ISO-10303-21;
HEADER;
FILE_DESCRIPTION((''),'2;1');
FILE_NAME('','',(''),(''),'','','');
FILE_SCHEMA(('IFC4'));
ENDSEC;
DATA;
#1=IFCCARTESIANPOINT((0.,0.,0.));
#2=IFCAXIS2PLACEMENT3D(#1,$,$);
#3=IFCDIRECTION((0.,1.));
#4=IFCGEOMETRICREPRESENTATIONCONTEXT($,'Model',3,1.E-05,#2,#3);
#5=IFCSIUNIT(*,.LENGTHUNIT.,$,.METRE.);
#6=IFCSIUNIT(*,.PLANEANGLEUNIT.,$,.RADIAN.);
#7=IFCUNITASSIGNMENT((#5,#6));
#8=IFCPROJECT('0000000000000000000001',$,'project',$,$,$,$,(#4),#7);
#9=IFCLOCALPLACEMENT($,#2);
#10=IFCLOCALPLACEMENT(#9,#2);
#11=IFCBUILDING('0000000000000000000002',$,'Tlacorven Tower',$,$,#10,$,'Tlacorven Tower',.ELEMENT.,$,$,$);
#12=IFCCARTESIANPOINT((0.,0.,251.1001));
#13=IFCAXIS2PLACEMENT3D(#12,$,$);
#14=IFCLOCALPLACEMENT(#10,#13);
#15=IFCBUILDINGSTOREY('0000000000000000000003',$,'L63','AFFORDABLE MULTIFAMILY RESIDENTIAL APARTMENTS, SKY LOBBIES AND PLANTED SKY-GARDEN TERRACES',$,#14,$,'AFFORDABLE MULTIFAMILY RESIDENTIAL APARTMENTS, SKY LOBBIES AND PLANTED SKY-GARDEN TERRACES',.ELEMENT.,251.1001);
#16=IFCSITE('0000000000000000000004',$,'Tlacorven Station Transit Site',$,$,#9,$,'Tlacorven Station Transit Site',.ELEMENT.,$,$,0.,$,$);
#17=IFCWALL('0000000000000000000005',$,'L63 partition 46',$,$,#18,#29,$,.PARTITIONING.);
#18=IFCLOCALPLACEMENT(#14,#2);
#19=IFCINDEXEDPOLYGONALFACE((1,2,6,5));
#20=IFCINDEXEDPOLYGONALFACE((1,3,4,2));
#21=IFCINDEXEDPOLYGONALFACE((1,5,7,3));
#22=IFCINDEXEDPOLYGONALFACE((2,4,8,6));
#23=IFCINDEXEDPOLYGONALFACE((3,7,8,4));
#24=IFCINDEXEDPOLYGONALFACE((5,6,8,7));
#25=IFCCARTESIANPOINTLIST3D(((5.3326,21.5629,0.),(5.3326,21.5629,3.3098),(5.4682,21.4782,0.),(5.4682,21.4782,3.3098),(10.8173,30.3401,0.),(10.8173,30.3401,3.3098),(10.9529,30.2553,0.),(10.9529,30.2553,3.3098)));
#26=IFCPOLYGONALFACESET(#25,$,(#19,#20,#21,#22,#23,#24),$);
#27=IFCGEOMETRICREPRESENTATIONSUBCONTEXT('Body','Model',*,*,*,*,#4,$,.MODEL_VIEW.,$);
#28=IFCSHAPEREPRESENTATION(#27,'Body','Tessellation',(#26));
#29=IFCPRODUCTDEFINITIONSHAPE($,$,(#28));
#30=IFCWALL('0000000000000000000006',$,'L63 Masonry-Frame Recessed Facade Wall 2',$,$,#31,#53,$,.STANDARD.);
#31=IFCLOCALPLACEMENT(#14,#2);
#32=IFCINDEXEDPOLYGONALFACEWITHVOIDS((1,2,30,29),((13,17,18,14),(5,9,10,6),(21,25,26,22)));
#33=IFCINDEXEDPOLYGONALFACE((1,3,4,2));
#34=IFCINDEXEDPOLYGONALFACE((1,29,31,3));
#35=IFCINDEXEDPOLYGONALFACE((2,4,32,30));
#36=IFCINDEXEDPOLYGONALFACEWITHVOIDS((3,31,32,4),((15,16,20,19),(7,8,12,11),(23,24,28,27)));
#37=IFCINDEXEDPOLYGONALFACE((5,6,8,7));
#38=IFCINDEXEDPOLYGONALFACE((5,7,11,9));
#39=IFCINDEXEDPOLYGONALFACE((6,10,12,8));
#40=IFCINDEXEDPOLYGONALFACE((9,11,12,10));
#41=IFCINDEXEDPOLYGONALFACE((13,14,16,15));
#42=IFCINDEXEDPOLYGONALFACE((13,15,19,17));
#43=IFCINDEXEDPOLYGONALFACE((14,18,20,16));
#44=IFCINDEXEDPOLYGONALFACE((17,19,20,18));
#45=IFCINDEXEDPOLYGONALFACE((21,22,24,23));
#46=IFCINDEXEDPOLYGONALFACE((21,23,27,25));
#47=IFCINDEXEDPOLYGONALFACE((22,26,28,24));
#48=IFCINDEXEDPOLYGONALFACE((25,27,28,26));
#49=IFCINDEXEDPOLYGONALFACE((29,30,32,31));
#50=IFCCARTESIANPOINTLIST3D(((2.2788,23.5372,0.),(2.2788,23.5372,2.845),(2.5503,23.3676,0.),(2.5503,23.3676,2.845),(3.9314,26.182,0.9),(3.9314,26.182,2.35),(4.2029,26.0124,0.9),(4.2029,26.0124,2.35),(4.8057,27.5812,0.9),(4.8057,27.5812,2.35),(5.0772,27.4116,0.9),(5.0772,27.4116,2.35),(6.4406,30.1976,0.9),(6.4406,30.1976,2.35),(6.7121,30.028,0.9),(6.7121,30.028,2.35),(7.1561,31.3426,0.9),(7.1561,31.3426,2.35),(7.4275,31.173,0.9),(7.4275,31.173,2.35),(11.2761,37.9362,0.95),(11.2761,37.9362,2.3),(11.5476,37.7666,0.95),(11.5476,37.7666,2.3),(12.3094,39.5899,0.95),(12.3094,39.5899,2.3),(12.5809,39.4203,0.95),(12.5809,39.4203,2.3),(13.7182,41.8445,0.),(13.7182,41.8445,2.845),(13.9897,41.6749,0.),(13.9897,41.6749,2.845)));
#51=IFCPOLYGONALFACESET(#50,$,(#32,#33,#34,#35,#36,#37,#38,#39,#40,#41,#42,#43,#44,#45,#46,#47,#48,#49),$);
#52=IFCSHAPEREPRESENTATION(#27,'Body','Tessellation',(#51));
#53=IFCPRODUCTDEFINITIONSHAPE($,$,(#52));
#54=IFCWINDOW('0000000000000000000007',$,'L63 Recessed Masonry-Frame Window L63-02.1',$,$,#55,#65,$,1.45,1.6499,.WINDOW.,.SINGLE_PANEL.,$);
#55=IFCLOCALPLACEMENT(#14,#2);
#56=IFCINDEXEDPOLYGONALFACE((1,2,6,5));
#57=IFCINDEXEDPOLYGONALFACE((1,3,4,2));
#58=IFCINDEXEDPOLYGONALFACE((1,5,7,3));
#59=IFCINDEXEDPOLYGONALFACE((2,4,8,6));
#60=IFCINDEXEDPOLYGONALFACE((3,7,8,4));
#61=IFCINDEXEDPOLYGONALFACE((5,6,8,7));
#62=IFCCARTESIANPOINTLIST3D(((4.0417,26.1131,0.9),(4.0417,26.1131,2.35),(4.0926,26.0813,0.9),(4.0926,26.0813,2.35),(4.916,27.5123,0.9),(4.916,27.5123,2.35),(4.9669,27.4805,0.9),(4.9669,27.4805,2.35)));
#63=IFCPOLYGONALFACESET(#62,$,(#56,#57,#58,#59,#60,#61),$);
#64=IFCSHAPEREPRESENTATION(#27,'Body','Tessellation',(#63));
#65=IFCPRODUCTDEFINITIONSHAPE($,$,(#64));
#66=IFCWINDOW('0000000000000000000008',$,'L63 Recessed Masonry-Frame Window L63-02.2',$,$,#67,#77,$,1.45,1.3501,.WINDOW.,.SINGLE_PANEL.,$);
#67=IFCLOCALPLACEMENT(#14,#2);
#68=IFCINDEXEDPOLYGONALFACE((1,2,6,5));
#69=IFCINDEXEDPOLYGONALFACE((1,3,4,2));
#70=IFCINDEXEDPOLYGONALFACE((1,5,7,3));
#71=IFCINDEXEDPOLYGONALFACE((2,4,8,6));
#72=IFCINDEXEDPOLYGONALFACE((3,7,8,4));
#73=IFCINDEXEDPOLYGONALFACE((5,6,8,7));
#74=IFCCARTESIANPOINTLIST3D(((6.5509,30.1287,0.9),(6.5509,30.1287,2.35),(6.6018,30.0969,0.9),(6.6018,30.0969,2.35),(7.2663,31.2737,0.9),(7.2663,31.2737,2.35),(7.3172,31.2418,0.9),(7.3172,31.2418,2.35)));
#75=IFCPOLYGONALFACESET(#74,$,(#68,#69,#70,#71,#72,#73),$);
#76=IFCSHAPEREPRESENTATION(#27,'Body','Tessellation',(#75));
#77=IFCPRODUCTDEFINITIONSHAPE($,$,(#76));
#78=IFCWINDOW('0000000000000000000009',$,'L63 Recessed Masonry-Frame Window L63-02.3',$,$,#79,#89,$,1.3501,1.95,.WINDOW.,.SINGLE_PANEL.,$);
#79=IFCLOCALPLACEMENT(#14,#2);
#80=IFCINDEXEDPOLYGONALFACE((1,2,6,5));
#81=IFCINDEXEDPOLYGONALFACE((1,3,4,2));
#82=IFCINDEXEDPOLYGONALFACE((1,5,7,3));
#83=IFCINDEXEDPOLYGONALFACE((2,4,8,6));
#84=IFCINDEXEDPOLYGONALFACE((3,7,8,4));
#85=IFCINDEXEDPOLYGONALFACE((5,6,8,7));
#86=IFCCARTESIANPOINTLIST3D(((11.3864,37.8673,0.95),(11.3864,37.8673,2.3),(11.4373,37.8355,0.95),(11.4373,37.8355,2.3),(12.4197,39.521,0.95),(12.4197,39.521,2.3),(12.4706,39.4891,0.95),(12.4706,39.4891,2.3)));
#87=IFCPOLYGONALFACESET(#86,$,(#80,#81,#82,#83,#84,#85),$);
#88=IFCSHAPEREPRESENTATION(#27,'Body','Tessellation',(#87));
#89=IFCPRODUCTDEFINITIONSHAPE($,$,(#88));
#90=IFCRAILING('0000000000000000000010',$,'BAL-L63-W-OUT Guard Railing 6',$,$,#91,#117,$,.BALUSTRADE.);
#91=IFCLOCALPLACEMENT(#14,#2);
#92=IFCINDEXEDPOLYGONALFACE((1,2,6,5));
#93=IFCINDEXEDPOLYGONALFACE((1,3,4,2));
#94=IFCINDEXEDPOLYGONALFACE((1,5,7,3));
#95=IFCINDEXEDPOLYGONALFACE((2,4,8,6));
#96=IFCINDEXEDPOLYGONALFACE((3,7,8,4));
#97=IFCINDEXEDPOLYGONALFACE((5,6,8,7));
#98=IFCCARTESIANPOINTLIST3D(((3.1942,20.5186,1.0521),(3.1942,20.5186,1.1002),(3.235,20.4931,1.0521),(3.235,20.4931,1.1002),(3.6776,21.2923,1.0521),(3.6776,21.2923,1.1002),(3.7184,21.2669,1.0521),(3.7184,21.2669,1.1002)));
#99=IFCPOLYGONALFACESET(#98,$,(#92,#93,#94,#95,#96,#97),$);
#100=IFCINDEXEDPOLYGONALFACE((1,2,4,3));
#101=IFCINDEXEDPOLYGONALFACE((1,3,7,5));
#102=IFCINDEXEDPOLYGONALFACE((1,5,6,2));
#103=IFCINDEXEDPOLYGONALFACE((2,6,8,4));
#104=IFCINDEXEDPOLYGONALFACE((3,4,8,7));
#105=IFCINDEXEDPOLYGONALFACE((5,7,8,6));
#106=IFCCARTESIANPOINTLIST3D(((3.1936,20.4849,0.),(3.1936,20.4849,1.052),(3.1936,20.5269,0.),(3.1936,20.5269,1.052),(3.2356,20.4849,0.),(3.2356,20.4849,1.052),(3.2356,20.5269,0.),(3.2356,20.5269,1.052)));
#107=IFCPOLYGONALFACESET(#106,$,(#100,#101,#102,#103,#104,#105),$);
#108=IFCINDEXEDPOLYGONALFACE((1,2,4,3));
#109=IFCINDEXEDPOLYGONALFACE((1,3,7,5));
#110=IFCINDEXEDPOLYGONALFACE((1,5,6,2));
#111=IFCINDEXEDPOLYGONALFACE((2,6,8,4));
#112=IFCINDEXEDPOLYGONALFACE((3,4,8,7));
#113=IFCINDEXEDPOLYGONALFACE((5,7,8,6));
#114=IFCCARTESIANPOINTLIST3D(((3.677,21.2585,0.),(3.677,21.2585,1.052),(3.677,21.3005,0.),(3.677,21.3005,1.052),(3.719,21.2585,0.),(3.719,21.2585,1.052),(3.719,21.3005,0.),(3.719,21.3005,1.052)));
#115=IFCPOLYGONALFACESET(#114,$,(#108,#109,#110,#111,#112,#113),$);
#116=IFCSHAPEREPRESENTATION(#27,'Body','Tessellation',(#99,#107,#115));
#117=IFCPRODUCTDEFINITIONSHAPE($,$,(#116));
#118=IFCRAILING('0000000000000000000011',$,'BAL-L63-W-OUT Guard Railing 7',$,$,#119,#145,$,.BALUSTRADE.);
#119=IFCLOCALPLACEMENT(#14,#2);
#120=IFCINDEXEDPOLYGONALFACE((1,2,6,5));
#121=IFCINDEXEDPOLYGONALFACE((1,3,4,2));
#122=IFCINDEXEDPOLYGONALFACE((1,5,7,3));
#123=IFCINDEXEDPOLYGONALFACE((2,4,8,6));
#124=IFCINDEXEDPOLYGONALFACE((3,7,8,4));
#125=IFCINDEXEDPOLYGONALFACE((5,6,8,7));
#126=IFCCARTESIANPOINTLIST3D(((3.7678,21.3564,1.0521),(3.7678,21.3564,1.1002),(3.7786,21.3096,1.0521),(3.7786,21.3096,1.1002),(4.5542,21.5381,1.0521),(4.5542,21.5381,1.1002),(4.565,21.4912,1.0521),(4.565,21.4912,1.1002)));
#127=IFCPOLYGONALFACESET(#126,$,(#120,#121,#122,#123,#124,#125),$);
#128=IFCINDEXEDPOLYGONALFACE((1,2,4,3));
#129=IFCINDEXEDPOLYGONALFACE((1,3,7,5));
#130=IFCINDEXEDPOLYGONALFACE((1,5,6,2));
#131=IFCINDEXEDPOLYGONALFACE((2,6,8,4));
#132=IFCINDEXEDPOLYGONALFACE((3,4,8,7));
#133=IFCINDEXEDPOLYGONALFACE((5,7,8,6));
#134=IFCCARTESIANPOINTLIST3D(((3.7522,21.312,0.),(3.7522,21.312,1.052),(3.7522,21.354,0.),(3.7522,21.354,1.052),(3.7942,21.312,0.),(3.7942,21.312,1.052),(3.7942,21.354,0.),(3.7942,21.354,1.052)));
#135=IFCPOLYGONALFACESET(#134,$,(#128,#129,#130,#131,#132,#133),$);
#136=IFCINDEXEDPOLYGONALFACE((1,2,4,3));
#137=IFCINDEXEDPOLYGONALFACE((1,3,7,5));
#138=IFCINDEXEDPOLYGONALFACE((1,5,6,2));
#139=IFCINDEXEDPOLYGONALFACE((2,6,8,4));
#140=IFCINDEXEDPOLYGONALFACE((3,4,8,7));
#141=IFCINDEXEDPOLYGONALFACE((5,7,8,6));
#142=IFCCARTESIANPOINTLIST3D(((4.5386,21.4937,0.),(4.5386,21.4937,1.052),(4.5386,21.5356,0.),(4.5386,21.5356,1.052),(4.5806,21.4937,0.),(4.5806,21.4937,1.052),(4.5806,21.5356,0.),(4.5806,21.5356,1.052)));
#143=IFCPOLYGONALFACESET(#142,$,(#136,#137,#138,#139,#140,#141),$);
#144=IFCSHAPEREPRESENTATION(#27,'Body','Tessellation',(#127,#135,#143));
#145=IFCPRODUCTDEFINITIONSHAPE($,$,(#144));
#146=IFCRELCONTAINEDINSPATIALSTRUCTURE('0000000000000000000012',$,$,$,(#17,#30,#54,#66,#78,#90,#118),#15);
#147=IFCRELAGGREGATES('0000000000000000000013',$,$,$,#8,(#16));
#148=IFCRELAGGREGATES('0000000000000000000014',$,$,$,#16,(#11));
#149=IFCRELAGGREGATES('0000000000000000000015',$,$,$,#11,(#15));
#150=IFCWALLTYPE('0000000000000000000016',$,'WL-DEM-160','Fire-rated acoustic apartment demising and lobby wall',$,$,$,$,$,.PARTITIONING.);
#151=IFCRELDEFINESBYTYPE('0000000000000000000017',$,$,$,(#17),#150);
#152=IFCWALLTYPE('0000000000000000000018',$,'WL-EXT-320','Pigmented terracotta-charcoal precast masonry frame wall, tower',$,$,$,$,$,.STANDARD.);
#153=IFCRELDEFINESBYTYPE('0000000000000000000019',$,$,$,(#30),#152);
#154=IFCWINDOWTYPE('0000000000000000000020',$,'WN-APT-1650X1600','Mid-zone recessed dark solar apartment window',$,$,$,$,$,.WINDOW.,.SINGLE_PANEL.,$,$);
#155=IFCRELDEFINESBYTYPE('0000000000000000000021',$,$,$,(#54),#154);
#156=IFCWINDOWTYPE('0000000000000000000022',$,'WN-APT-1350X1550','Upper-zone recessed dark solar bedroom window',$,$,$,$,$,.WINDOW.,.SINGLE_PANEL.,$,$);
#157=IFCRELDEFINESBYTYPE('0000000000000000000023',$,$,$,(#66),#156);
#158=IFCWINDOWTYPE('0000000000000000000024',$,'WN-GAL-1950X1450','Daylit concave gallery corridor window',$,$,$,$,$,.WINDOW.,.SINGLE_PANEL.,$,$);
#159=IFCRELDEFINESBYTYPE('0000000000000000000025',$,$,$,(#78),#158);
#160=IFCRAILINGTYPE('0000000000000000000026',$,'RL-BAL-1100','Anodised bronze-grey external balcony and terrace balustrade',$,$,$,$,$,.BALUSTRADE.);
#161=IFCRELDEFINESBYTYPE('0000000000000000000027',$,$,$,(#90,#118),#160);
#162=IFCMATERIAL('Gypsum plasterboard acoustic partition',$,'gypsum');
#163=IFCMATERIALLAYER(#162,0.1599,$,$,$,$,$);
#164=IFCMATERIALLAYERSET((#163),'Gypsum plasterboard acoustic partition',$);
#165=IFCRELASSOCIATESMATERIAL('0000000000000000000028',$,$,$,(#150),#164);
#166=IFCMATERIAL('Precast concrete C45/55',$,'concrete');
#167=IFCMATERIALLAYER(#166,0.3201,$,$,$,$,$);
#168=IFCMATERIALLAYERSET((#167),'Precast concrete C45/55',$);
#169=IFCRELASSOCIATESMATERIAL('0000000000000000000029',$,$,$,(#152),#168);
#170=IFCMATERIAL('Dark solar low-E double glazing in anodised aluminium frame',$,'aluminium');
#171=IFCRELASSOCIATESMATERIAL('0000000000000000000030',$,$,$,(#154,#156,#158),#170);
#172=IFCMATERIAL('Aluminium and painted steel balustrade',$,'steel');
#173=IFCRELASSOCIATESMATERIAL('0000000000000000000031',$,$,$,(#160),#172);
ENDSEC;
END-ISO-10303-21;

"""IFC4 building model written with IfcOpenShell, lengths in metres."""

from ifc_helpers import new_model, si_unit, direction, frame, frame_2d, origin, origin_2d, place, context, subcontext, project, spatial, rectangle, extrude, source, transform, mapped, material, layer, layer_set, type_object, element, fill, save


model = new_model("IFC4")

# Units and contexts
model_context = context("Model", 3, precision=1e-05, world=origin(), true_north=direction((0.0, 1.0)))
body_context = subcontext(model_context, "Body", "Model", "MODEL_VIEW")
ifc_project = project(units=[si_unit("LENGTHUNIT", "METRE"), si_unit("PLANEANGLEUNIT", "RADIAN")], contexts=[model_context])

# Site, building, storey
site_placement = place(None, origin())
site = spatial("IfcSite", under=ifc_project, at=site_placement, Name="Tlacorven Station Transit Site", LongName="Tlacorven Station Transit Site", CompositionType="ELEMENT", RefElevation=0.0)
building_placement = place(site_placement, origin())
building = spatial("IfcBuilding", under=site, at=building_placement, Name="Tlacorven Tower", LongName="Tlacorven Tower", CompositionType="ELEMENT")
storey_placement = place(building_placement, frame((0.0, 0.0, 251.1001)))
storey = spatial("IfcBuildingStorey", under=building, at=storey_placement, Name="L63", Description="AFFORDABLE MULTIFAMILY RESIDENTIAL APARTMENTS, SKY LOBBIES AND PLANTED SKY-GARDEN TERRACES", LongName="AFFORDABLE MULTIFAMILY RESIDENTIAL APARTMENTS, SKY LOBBIES AND PLANTED SKY-GARDEN TERRACES", CompositionType="ELEMENT", Elevation=251.1001)

# Wall
ifc_material_1 = material(Name="Gypsum plasterboard acoustic partition", Category="gypsum")
ifc_layer_1 = layer(ifc_material_1, 0.1599)
ifc_layer_set_1 = layer_set([ifc_layer_1], Name="Gypsum plasterboard acoustic partition")
wall_type_1 = type_object("IfcWallType", Name="WL-DEM-160", Description="Fire-rated acoustic apartment demising and lobby wall", PredefinedType="PARTITIONING", material=ifc_layer_set_1)
wall_1_placement = place(storey_placement, frame((10.885, 30.2976, 0.0), z_axis=(0.0, 0.0, 1.0), x_axis=(-0.529925, -0.848045, 0.0)))
element("IfcWall", 1, at=wall_1_placement, inside=storey, type_object=wall_type_1, Name="L63 partition 46", PredefinedType="PARTITIONING", context=body_context, shape_type="SweptSolid", body=[
    extrude(rectangle(XDim=10.3499, YDim=0.1599, at=frame_2d((5.1748, 0.0))), origin(), (0.0, 0.0, 1.0), 3.3098),
])

# Wall, openings, windows
ifc_material_2 = material(Name="Precast concrete C45/55", Category="concrete")
ifc_layer_2 = layer(ifc_material_2, 0.3201)
ifc_layer_set_2 = layer_set([ifc_layer_2], Name="Precast concrete C45/55")
wall_type_2 = type_object("IfcWallType", Name="WL-EXT-320", Description="Pigmented terracotta-charcoal precast masonry frame wall, tower", PredefinedType="STANDARD", material=ifc_layer_set_2)
wall_2_placement = place(storey_placement, frame((2.4146, 23.4524, 0.0), z_axis=(0.0, 0.0, 1.0), x_axis=(0.52991, 0.848054, 0.0)))
wall_2 = element("IfcWall", 2, at=wall_2_placement, inside=storey, type_object=wall_type_2, Name="L63 Masonry-Frame Recessed Facade Wall 2", PredefinedType="STANDARD", context=body_context, shape_type="SweptSolid", body=[
    extrude(rectangle(XDim=21.5874, YDim=0.3201, at=frame_2d((10.7937, 0.0))), origin(), (0.0, 0.0, 1.0), 2.845),
])
opening_1_placement = place(wall_2_placement, frame((3.1187, 0.0, 0.8999)))
opening_1 = element("IfcOpeningElement", 3, at=opening_1_placement, cuts=wall_2, PredefinedType="OPENING", context=body_context, shape_type="SweptSolid", body=[
    extrude(rectangle(XDim=1.6499, YDim=1.45, at=frame_2d((0.825, 0.7251))), frame((0.0, 0.1699, 0.0), z_axis=(0.0, -1.0, 0.0), x_axis=(1.0, 0.0, 0.0)), (0.0, 0.0, 1.0), 0.3401),
])
opening_2_placement = place(wall_2_placement, frame((7.8538, 0.0, 0.8999)))
opening_2 = element("IfcOpeningElement", 4, at=opening_2_placement, cuts=wall_2, PredefinedType="OPENING", context=body_context, shape_type="SweptSolid", body=[
    extrude(rectangle(XDim=1.3501, YDim=1.45, at=frame_2d((0.675, 0.7251))), frame((0.0, 0.1699, 0.0), z_axis=(0.0, -1.0, 0.0), x_axis=(1.0, 0.0, 0.0)), (0.0, 0.0, 1.0), 0.3401),
])
opening_3_placement = place(wall_2_placement, frame((16.9788, 0.0, 0.95)))
opening_3 = element("IfcOpeningElement", 5, at=opening_3_placement, cuts=wall_2, PredefinedType="OPENING", context=body_context, shape_type="SweptSolid", body=[
    extrude(rectangle(XDim=1.95, YDim=1.3501, at=frame_2d((0.9751, 0.675))), frame((0.0, 0.1699, 0.0), z_axis=(0.0, -1.0, 0.0), x_axis=(1.0, 0.0, 0.0)), (0.0, 0.0, 1.0), 0.3401),
])
ifc_material_3 = material(Name="Dark solar low-E double glazing in anodised aluminium frame", Category="aluminium")
window_type_1 = type_object("IfcWindowType", Name="WN-APT-1650X1600", Description="Mid-zone recessed dark solar apartment window", PartitioningType="SINGLE_PANEL", PredefinedType="WINDOW", material=ifc_material_3)
shared_shape_1 = source(origin(), body_context, "Body", "SweptSolid", [
    extrude(rectangle(XDim=1.6499, YDim=1.45, at=frame_2d((0.825, 0.7251))), frame((0.0, 0.03, 0.0), z_axis=(0.0, -1.0, 0.0), x_axis=(1.0, 0.0, 0.0)), (0.0, 0.0, 1.0), 0.0601),
])
window_1_placement = place(opening_1_placement, origin())
window_1 = element("IfcWindow", 6, at=window_1_placement, inside=storey, type_object=window_type_1, Name="L63 Recessed Masonry-Frame Window L63-02.1", OverallHeight=1.45, OverallWidth=1.6499, PartitioningType="SINGLE_PANEL", PredefinedType="WINDOW", context=body_context, shape_type="MappedRepresentation", body=[
    mapped(shared_shape_1, transform((0.0, 0.0, 0.0), scale=1.0)),
])
fill(opening_1, window_1)
window_type_2 = type_object("IfcWindowType", Name="WN-APT-1350X1550", Description="Upper-zone recessed dark solar bedroom window", PartitioningType="SINGLE_PANEL", PredefinedType="WINDOW", material=ifc_material_3)
shared_shape_2 = source(origin(), body_context, "Body", "SweptSolid", [
    extrude(rectangle(XDim=1.3501, YDim=1.45, at=frame_2d((0.675, 0.7251))), frame((0.0, 0.03, 0.0), z_axis=(0.0, -1.0, 0.0), x_axis=(1.0, 0.0, 0.0)), (0.0, 0.0, 1.0), 0.0601),
])
window_2_placement = place(opening_2_placement, origin())
window_2 = element("IfcWindow", 7, at=window_2_placement, inside=storey, type_object=window_type_2, Name="L63 Recessed Masonry-Frame Window L63-02.2", OverallHeight=1.45, OverallWidth=1.3501, PartitioningType="SINGLE_PANEL", PredefinedType="WINDOW", context=body_context, shape_type="MappedRepresentation", body=[
    mapped(shared_shape_2, transform((0.0, 0.0, 0.0), scale=1.0)),
])
fill(opening_2, window_2)
window_type_3 = type_object("IfcWindowType", Name="WN-GAL-1950X1450", Description="Daylit concave gallery corridor window", PartitioningType="SINGLE_PANEL", PredefinedType="WINDOW", material=ifc_material_3)
shared_shape_3 = source(origin(), body_context, "Body", "SweptSolid", [
    extrude(rectangle(XDim=1.95, YDim=1.3501, at=frame_2d((0.9751, 0.675))), frame((0.0, 0.03, 0.0), z_axis=(0.0, -1.0, 0.0), x_axis=(1.0, 0.0, 0.0)), (0.0, 0.0, 1.0), 0.0601),
])
window_3_placement = place(opening_3_placement, origin())
window_3 = element("IfcWindow", 8, at=window_3_placement, inside=storey, type_object=window_type_3, Name="L63 Recessed Masonry-Frame Window L63-02.3", OverallHeight=1.3501, OverallWidth=1.95, PartitioningType="SINGLE_PANEL", PredefinedType="WINDOW", context=body_context, shape_type="MappedRepresentation", body=[
    mapped(shared_shape_3, transform((0.0, 0.0, 0.0), scale=1.0)),
])
fill(opening_3, window_3)

# Railings
ifc_material_4 = material(Name="Aluminium and painted steel balustrade", Category="steel")
railing_type = type_object("IfcRailingType", Name="RL-BAL-1100", Description="Anodised bronze-grey external balcony and terrace balustrade", PredefinedType="BALUSTRADE", material=ifc_material_4)
shared_shape_4 = source(origin(), body_context, "Body", "SweptSolid", [
    extrude(rectangle(XDim=0.0481, YDim=0.0481, at=origin_2d()), frame((0.0, 0.0, 1.0762), z_axis=(0.529879, 0.848073, 0.0), x_axis=(-0.848073, 0.529879, 0.0)), (0.0, 0.0, 1.0), 0.9124),
    extrude(rectangle(XDim=0.042, YDim=0.042, at=origin_2d()), origin(), (0.0, 0.0, 1.0), 1.052),
    extrude(rectangle(XDim=0.042, YDim=0.042, at=origin_2d()), frame((0.4834, 0.7737, 0.0)), (0.0, 0.0, 1.0), 1.052),
])
railing_1_placement = place(storey_placement, frame((3.2146, 20.5059, 0.0)))
element("IfcRailing", 9, at=railing_1_placement, inside=storey, type_object=railing_type, Name="BAL-L63-W-OUT Guard Railing 6", PredefinedType="BALUSTRADE", context=body_context, shape_type="MappedRepresentation", body=[
    mapped(shared_shape_4, transform((0.0, 0.0, 0.0), scale=1.0)),
])
shared_shape_5 = source(origin(), body_context, "Body", "SweptSolid", [
    extrude(rectangle(XDim=0.0481, YDim=0.0481, at=origin_2d()), frame((0.0, 0.0, 1.0762), z_axis=(0.974345, 0.225058, 0.0), x_axis=(-0.225058, 0.974345, 0.0)), (0.0, 0.0, 1.0), 0.8071),
    extrude(rectangle(XDim=0.042, YDim=0.042, at=origin_2d()), origin(), (0.0, 0.0, 1.0), 1.052),
    extrude(rectangle(XDim=0.042, YDim=0.042, at=origin_2d()), frame((0.7864, 0.1816, 0.0)), (0.0, 0.0, 1.0), 1.052),
])
railing_2_placement = place(storey_placement, frame((3.7732, 21.333, 0.0)))
element("IfcRailing", 10, at=railing_2_placement, inside=storey, type_object=railing_type, Name="BAL-L63-W-OUT Guard Railing 7", PredefinedType="BALUSTRADE", context=body_context, shape_type="MappedRepresentation", body=[
    mapped(shared_shape_5, transform((0.0, 0.0, 0.0), scale=1.0)),
])

save(model, "model.ifc")
